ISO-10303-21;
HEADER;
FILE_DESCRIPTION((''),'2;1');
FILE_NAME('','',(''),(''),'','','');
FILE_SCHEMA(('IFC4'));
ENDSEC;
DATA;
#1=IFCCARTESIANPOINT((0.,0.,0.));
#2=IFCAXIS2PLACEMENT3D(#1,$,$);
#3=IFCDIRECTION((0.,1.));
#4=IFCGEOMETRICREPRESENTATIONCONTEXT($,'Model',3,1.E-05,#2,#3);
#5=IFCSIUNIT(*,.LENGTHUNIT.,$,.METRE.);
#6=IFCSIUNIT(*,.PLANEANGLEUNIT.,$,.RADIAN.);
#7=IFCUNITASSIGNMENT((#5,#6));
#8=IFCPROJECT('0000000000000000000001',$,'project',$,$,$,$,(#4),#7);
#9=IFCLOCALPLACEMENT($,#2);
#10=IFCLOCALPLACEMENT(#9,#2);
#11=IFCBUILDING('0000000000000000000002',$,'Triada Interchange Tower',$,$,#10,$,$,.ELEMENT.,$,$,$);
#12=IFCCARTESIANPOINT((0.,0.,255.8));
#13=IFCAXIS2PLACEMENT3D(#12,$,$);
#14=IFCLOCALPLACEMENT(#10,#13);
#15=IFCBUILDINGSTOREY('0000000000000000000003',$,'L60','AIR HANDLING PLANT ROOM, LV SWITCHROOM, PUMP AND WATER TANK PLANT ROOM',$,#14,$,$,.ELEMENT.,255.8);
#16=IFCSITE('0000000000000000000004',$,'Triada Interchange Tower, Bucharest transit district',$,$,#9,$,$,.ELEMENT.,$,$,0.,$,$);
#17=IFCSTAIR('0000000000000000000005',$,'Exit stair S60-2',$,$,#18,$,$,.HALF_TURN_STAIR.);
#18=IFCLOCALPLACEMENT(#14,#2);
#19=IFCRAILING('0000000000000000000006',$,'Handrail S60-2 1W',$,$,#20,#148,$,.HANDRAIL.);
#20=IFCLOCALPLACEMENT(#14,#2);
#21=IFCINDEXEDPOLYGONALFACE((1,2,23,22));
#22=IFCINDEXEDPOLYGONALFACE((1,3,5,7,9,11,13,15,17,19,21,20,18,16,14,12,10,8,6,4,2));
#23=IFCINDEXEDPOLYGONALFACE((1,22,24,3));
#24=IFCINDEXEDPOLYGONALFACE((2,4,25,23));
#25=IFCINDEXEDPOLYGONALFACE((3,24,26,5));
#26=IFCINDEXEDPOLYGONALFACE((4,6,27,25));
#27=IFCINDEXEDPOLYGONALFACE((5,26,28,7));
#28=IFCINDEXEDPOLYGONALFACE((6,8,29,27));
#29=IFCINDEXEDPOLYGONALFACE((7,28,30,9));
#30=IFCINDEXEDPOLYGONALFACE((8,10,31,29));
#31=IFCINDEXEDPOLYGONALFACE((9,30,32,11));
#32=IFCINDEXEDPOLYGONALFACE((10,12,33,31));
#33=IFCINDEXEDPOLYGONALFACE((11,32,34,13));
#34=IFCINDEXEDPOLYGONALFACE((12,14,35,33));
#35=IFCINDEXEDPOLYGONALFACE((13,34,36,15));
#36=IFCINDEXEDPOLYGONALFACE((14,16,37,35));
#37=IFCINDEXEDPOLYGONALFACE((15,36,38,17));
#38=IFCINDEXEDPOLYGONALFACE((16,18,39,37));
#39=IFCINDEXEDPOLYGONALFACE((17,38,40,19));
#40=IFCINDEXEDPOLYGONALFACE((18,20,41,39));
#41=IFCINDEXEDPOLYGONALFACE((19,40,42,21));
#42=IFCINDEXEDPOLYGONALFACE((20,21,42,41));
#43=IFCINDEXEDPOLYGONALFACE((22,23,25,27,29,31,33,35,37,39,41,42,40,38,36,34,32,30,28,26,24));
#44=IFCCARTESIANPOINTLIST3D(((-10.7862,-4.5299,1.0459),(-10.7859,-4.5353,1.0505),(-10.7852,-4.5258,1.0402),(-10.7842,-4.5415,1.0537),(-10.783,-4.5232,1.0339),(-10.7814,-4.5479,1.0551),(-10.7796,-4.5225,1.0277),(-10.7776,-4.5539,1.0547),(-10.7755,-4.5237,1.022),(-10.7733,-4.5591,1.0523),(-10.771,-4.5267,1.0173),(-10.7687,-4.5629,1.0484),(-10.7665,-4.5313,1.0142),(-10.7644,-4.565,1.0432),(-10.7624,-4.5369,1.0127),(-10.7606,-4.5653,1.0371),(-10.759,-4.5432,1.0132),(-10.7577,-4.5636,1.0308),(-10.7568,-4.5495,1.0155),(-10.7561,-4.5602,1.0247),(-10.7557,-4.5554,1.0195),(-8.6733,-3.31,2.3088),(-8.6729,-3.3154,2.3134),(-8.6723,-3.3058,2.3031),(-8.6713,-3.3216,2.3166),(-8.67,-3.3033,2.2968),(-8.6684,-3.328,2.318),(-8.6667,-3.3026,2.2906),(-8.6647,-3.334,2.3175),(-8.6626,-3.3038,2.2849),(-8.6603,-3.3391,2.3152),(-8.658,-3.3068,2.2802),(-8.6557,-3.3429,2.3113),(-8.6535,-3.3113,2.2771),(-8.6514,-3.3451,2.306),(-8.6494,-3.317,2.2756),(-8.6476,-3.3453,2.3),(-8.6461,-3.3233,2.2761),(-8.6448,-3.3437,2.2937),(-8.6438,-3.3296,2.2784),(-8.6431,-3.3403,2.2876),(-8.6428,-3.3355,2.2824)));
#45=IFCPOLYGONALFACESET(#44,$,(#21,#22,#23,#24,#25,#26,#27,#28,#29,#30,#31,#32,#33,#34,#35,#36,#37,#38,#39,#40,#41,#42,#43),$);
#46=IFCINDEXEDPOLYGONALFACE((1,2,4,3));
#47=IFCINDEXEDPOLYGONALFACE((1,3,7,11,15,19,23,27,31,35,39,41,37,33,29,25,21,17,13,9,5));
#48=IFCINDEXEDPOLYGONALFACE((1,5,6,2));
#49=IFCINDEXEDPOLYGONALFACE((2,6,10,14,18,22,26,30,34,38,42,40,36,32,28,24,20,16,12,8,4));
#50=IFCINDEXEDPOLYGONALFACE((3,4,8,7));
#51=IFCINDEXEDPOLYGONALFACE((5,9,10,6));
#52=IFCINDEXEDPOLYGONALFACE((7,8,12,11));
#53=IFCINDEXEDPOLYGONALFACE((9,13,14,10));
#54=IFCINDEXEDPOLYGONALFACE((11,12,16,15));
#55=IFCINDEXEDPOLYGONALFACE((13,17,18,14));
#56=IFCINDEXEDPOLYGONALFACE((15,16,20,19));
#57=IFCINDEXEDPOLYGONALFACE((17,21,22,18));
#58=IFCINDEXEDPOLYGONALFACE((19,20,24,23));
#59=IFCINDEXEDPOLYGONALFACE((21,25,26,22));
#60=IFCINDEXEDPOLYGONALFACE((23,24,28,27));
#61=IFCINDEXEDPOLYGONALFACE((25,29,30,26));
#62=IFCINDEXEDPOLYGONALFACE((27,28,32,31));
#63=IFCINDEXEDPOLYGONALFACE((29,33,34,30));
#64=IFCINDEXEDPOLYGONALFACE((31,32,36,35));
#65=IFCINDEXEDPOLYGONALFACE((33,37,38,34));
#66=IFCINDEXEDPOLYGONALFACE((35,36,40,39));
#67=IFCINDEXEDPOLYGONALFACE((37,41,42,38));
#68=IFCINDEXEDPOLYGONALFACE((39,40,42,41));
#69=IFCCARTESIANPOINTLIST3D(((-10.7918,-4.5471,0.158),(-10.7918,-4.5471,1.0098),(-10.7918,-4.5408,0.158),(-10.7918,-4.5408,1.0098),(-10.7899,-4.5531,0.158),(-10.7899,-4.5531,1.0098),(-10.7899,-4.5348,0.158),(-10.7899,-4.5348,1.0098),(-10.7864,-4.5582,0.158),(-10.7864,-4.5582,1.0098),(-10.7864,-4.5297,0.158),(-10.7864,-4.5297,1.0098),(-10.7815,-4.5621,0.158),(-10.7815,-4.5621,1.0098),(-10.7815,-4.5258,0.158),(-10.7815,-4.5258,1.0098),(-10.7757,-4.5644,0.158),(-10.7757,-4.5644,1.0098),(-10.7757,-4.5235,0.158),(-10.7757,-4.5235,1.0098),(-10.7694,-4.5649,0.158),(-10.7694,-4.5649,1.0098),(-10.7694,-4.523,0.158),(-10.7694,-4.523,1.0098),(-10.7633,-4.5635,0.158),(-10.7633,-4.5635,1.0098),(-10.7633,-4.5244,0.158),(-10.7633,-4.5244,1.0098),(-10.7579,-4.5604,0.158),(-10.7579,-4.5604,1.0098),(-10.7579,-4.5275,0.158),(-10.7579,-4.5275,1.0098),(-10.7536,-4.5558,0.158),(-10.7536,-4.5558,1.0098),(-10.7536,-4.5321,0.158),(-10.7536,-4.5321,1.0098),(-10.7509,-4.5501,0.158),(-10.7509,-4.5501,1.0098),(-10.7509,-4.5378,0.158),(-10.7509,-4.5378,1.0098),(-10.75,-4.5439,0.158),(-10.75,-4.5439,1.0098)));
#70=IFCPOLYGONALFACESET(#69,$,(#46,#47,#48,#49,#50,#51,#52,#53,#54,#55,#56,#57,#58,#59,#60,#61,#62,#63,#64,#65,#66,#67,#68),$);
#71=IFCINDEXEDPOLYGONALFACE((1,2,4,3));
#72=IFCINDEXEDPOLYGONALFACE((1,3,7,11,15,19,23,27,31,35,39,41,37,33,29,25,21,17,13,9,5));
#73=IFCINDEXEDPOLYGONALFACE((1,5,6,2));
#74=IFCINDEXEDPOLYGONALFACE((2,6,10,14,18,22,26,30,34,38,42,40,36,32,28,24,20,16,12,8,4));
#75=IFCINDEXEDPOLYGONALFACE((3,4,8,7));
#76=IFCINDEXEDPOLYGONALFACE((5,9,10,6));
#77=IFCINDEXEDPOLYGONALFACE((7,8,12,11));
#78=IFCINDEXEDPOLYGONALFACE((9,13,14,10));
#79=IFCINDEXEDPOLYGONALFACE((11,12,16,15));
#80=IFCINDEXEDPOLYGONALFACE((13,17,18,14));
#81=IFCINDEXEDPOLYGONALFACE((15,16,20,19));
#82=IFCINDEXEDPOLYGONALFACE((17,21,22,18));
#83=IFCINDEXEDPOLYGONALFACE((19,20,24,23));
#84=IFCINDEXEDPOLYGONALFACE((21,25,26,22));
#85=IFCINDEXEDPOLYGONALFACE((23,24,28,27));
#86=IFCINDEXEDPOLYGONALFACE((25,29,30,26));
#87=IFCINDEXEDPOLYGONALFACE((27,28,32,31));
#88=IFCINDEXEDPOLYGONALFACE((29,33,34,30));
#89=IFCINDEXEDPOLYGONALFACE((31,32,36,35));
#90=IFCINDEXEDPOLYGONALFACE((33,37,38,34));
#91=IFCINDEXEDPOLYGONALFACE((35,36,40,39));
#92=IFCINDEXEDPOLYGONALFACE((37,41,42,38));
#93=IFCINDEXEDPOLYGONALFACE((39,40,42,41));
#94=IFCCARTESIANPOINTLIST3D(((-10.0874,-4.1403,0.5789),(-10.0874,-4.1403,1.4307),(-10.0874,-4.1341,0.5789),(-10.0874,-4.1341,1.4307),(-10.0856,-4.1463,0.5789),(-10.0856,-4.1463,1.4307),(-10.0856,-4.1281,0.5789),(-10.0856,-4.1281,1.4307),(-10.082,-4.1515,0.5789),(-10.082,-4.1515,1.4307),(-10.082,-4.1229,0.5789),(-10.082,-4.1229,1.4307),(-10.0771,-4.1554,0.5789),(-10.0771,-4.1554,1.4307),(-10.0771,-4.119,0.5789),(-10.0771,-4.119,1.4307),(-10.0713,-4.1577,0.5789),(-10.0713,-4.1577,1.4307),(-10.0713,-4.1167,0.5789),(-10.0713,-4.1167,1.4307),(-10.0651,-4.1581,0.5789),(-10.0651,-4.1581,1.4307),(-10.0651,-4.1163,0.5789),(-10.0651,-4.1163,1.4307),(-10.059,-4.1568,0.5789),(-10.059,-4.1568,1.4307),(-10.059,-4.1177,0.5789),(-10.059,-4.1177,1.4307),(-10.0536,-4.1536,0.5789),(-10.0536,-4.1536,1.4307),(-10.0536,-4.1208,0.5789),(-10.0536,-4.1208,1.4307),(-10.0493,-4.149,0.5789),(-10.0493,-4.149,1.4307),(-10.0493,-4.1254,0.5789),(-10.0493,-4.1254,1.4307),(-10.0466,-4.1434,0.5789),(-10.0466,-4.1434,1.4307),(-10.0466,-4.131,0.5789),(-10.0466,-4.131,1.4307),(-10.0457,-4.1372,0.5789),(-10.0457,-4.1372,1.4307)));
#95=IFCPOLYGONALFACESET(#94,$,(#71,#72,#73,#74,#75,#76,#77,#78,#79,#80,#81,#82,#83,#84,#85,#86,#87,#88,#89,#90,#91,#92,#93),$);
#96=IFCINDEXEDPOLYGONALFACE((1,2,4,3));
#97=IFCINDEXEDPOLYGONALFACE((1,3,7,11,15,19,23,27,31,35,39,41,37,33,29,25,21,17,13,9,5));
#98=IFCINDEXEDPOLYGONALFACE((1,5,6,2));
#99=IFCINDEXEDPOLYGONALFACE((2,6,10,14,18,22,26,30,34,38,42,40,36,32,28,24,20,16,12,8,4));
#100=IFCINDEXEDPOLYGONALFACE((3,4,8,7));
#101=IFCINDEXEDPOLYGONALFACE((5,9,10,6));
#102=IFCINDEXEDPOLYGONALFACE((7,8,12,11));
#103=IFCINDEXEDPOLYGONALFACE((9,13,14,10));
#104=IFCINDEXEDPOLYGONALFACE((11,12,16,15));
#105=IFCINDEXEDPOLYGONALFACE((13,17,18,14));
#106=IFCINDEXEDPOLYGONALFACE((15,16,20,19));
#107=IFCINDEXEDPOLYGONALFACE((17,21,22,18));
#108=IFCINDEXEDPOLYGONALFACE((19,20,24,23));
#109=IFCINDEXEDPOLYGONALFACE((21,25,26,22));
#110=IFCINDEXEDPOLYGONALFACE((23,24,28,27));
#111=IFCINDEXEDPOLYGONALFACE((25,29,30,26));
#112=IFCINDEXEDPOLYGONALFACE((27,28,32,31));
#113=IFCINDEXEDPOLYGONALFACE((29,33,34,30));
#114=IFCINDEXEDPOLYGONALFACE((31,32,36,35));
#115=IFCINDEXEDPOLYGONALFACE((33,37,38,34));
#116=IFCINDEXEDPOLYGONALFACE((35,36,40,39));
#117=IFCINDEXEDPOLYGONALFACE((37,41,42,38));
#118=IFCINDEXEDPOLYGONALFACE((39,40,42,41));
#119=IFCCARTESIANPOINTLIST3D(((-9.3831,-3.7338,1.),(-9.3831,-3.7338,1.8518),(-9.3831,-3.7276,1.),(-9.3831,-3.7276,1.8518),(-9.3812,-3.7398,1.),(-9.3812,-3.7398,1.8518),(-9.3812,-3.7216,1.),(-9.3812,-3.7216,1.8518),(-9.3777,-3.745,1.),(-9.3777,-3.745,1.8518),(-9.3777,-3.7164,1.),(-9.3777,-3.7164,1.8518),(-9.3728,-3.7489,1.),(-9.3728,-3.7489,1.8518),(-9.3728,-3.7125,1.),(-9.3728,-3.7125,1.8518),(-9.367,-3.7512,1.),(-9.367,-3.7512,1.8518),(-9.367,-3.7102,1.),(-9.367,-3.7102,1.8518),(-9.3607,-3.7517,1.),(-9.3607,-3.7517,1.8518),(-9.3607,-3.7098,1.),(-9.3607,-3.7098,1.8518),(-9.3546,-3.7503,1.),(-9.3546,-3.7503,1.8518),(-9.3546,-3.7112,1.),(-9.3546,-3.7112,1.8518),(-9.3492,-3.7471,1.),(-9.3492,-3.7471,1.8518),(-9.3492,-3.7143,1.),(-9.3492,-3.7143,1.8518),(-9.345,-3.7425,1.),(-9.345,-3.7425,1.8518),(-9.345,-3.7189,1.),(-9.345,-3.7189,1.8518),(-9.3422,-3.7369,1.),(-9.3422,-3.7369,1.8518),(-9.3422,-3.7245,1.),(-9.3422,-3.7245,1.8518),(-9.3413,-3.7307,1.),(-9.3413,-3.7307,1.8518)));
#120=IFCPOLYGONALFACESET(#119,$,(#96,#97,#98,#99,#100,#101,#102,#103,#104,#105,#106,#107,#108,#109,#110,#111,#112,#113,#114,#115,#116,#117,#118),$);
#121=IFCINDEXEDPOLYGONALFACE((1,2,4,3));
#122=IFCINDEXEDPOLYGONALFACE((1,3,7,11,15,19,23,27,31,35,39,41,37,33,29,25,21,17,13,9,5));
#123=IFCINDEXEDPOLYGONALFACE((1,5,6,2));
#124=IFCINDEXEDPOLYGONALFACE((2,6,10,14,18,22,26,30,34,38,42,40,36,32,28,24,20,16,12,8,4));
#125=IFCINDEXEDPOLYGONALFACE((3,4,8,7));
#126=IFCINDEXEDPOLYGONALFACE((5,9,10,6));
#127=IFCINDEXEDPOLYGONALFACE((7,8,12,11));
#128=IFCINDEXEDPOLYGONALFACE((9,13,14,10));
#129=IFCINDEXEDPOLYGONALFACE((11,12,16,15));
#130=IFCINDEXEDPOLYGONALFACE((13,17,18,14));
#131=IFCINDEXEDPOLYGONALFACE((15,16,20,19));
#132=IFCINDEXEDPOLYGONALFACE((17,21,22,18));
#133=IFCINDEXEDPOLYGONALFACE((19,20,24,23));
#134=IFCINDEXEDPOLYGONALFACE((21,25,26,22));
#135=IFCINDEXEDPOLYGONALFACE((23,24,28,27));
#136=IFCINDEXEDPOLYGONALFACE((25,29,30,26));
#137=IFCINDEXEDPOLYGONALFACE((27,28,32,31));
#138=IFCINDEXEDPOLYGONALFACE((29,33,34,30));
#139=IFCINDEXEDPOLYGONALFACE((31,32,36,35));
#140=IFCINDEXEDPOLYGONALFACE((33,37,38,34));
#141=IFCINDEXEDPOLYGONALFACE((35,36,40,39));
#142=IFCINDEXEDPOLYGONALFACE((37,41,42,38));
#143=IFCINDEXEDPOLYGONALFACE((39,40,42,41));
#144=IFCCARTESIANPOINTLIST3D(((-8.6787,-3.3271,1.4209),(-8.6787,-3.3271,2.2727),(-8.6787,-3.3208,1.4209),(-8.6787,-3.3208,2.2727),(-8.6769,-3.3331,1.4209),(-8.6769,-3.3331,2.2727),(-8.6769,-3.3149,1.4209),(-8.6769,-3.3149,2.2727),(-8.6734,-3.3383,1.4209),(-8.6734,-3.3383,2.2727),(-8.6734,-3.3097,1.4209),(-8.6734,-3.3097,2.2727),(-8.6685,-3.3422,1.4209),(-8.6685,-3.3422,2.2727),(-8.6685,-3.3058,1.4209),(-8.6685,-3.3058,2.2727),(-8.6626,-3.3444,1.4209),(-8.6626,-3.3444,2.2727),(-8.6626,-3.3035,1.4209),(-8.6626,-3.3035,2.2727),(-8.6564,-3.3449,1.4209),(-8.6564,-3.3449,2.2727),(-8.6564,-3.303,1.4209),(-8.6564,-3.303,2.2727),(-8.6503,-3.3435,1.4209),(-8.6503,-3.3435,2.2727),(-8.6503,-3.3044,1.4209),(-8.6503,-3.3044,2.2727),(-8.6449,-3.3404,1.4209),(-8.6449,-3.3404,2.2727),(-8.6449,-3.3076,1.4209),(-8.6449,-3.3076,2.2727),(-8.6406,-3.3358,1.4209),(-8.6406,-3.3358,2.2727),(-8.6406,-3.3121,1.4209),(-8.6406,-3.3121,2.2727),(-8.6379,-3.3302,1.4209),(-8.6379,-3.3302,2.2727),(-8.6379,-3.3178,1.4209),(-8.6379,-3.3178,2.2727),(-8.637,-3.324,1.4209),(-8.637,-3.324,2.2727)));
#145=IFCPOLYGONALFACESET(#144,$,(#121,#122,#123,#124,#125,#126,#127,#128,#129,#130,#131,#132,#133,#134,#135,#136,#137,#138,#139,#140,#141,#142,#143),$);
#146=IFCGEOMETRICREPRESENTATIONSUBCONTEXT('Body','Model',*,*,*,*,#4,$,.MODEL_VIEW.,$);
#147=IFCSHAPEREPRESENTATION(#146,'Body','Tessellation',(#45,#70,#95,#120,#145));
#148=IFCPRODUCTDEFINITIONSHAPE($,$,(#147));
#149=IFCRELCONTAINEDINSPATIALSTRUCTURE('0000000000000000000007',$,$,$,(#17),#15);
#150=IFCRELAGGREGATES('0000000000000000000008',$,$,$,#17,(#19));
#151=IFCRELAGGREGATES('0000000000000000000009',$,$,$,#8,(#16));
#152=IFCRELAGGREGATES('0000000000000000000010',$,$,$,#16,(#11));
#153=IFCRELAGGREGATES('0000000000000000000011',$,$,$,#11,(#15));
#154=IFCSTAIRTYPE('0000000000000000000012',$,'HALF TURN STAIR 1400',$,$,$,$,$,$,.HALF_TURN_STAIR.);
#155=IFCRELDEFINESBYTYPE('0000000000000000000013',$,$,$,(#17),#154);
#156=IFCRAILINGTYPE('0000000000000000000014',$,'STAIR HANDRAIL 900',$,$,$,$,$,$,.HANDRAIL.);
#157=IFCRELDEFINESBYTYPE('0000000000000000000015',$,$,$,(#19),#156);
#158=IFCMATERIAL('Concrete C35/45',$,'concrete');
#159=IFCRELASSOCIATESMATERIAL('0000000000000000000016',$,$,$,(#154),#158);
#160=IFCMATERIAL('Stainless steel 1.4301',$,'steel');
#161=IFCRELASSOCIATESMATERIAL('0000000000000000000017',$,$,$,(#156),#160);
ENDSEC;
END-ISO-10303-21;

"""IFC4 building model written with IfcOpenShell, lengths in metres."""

from ifc_helpers import new_model, si_unit, direction, frame, origin, origin_2d, place, context, subcontext, project, spatial, circle, extrude, material, type_object, element, aggregate, save


model = new_model("IFC4")

# Units and contexts
model_context = context("Model", 3, precision=1e-05, world=origin(), true_north=direction((0.0, 1.0)))
body_context = subcontext(model_context, "Body", "Model", "MODEL_VIEW")
ifc_project = project(units=[si_unit("LENGTHUNIT", "METRE"), si_unit("PLANEANGLEUNIT", "RADIAN")], contexts=[model_context])

# Site, building, storey
site_placement = place(None, origin())
site = spatial("IfcSite", under=ifc_project, at=site_placement, Name="Triada Interchange Tower, Bucharest transit district", CompositionType="ELEMENT", RefElevation=0.0)
building_placement = place(site_placement, origin())
building = spatial("IfcBuilding", under=site, at=building_placement, Name="Triada Interchange Tower", CompositionType="ELEMENT")
storey_placement = place(building_placement, frame((0.0, 0.0, 255.8)))
storey = spatial("IfcBuildingStorey", under=building, at=storey_placement, Name="L60", Description="AIR HANDLING PLANT ROOM, LV SWITCHROOM, PUMP AND WATER TANK PLANT ROOM", CompositionType="ELEMENT", Elevation=255.8)

# Stair, railing
ifc_material_1 = material(Name="Concrete C35/45", Category="concrete")
stair_type = type_object("IfcStairType", Name="HALF TURN STAIR 1400", PredefinedType="HALF_TURN_STAIR", material=ifc_material_1)
stair_placement = place(storey_placement, origin())
stair = element("IfcStair", 1, at=stair_placement, inside=storey, type_object=stair_type, Name="Exit stair S60-2", PredefinedType="HALF_TURN_STAIR")
ifc_material_2 = material(Name="Stainless steel 1.4301", Category="steel")
railing_type = type_object("IfcRailingType", Name="STAIR HANDRAIL 900", PredefinedType="HANDRAIL", material=ifc_material_2)
railing_1_placement = place(storey_placement, frame((-10.771, -4.5439, 0.158)))
railing_1 = element("IfcRailing", 2, at=railing_1_placement, type_object=railing_type, Name="Handrail S60-2 1W", PredefinedType="HANDRAIL", context=body_context, shape_type="SweptSolid", body=[
    extrude(circle(Radius=0.0239, at=origin_2d()), frame((0.0, 0.0, 0.876), z_axis=(0.769101, 0.444044, 0.459683), x_axis=(-0.500003, 0.866024, 0.0)), (0.0, 0.0, 1.0), 2.7473),
    extrude(circle(Radius=0.021, at=origin_2d()), origin(), (0.0, 0.0, 1.0), 0.8518),
    extrude(circle(Radius=0.021, at=origin_2d()), frame((0.7043, 0.4067, 0.4209)), (0.0, 0.0, 1.0), 0.8518),
    extrude(circle(Radius=0.021, at=origin_2d()), frame((1.4087, 0.8132, 0.842)), (0.0, 0.0, 1.0), 0.8518),
    extrude(circle(Radius=0.021, at=origin_2d()), frame((2.113, 1.22, 1.2629)), (0.0, 0.0, 1.0), 0.8518),
])
aggregate(stair, [railing_1])

save(model, "model.ifc")
